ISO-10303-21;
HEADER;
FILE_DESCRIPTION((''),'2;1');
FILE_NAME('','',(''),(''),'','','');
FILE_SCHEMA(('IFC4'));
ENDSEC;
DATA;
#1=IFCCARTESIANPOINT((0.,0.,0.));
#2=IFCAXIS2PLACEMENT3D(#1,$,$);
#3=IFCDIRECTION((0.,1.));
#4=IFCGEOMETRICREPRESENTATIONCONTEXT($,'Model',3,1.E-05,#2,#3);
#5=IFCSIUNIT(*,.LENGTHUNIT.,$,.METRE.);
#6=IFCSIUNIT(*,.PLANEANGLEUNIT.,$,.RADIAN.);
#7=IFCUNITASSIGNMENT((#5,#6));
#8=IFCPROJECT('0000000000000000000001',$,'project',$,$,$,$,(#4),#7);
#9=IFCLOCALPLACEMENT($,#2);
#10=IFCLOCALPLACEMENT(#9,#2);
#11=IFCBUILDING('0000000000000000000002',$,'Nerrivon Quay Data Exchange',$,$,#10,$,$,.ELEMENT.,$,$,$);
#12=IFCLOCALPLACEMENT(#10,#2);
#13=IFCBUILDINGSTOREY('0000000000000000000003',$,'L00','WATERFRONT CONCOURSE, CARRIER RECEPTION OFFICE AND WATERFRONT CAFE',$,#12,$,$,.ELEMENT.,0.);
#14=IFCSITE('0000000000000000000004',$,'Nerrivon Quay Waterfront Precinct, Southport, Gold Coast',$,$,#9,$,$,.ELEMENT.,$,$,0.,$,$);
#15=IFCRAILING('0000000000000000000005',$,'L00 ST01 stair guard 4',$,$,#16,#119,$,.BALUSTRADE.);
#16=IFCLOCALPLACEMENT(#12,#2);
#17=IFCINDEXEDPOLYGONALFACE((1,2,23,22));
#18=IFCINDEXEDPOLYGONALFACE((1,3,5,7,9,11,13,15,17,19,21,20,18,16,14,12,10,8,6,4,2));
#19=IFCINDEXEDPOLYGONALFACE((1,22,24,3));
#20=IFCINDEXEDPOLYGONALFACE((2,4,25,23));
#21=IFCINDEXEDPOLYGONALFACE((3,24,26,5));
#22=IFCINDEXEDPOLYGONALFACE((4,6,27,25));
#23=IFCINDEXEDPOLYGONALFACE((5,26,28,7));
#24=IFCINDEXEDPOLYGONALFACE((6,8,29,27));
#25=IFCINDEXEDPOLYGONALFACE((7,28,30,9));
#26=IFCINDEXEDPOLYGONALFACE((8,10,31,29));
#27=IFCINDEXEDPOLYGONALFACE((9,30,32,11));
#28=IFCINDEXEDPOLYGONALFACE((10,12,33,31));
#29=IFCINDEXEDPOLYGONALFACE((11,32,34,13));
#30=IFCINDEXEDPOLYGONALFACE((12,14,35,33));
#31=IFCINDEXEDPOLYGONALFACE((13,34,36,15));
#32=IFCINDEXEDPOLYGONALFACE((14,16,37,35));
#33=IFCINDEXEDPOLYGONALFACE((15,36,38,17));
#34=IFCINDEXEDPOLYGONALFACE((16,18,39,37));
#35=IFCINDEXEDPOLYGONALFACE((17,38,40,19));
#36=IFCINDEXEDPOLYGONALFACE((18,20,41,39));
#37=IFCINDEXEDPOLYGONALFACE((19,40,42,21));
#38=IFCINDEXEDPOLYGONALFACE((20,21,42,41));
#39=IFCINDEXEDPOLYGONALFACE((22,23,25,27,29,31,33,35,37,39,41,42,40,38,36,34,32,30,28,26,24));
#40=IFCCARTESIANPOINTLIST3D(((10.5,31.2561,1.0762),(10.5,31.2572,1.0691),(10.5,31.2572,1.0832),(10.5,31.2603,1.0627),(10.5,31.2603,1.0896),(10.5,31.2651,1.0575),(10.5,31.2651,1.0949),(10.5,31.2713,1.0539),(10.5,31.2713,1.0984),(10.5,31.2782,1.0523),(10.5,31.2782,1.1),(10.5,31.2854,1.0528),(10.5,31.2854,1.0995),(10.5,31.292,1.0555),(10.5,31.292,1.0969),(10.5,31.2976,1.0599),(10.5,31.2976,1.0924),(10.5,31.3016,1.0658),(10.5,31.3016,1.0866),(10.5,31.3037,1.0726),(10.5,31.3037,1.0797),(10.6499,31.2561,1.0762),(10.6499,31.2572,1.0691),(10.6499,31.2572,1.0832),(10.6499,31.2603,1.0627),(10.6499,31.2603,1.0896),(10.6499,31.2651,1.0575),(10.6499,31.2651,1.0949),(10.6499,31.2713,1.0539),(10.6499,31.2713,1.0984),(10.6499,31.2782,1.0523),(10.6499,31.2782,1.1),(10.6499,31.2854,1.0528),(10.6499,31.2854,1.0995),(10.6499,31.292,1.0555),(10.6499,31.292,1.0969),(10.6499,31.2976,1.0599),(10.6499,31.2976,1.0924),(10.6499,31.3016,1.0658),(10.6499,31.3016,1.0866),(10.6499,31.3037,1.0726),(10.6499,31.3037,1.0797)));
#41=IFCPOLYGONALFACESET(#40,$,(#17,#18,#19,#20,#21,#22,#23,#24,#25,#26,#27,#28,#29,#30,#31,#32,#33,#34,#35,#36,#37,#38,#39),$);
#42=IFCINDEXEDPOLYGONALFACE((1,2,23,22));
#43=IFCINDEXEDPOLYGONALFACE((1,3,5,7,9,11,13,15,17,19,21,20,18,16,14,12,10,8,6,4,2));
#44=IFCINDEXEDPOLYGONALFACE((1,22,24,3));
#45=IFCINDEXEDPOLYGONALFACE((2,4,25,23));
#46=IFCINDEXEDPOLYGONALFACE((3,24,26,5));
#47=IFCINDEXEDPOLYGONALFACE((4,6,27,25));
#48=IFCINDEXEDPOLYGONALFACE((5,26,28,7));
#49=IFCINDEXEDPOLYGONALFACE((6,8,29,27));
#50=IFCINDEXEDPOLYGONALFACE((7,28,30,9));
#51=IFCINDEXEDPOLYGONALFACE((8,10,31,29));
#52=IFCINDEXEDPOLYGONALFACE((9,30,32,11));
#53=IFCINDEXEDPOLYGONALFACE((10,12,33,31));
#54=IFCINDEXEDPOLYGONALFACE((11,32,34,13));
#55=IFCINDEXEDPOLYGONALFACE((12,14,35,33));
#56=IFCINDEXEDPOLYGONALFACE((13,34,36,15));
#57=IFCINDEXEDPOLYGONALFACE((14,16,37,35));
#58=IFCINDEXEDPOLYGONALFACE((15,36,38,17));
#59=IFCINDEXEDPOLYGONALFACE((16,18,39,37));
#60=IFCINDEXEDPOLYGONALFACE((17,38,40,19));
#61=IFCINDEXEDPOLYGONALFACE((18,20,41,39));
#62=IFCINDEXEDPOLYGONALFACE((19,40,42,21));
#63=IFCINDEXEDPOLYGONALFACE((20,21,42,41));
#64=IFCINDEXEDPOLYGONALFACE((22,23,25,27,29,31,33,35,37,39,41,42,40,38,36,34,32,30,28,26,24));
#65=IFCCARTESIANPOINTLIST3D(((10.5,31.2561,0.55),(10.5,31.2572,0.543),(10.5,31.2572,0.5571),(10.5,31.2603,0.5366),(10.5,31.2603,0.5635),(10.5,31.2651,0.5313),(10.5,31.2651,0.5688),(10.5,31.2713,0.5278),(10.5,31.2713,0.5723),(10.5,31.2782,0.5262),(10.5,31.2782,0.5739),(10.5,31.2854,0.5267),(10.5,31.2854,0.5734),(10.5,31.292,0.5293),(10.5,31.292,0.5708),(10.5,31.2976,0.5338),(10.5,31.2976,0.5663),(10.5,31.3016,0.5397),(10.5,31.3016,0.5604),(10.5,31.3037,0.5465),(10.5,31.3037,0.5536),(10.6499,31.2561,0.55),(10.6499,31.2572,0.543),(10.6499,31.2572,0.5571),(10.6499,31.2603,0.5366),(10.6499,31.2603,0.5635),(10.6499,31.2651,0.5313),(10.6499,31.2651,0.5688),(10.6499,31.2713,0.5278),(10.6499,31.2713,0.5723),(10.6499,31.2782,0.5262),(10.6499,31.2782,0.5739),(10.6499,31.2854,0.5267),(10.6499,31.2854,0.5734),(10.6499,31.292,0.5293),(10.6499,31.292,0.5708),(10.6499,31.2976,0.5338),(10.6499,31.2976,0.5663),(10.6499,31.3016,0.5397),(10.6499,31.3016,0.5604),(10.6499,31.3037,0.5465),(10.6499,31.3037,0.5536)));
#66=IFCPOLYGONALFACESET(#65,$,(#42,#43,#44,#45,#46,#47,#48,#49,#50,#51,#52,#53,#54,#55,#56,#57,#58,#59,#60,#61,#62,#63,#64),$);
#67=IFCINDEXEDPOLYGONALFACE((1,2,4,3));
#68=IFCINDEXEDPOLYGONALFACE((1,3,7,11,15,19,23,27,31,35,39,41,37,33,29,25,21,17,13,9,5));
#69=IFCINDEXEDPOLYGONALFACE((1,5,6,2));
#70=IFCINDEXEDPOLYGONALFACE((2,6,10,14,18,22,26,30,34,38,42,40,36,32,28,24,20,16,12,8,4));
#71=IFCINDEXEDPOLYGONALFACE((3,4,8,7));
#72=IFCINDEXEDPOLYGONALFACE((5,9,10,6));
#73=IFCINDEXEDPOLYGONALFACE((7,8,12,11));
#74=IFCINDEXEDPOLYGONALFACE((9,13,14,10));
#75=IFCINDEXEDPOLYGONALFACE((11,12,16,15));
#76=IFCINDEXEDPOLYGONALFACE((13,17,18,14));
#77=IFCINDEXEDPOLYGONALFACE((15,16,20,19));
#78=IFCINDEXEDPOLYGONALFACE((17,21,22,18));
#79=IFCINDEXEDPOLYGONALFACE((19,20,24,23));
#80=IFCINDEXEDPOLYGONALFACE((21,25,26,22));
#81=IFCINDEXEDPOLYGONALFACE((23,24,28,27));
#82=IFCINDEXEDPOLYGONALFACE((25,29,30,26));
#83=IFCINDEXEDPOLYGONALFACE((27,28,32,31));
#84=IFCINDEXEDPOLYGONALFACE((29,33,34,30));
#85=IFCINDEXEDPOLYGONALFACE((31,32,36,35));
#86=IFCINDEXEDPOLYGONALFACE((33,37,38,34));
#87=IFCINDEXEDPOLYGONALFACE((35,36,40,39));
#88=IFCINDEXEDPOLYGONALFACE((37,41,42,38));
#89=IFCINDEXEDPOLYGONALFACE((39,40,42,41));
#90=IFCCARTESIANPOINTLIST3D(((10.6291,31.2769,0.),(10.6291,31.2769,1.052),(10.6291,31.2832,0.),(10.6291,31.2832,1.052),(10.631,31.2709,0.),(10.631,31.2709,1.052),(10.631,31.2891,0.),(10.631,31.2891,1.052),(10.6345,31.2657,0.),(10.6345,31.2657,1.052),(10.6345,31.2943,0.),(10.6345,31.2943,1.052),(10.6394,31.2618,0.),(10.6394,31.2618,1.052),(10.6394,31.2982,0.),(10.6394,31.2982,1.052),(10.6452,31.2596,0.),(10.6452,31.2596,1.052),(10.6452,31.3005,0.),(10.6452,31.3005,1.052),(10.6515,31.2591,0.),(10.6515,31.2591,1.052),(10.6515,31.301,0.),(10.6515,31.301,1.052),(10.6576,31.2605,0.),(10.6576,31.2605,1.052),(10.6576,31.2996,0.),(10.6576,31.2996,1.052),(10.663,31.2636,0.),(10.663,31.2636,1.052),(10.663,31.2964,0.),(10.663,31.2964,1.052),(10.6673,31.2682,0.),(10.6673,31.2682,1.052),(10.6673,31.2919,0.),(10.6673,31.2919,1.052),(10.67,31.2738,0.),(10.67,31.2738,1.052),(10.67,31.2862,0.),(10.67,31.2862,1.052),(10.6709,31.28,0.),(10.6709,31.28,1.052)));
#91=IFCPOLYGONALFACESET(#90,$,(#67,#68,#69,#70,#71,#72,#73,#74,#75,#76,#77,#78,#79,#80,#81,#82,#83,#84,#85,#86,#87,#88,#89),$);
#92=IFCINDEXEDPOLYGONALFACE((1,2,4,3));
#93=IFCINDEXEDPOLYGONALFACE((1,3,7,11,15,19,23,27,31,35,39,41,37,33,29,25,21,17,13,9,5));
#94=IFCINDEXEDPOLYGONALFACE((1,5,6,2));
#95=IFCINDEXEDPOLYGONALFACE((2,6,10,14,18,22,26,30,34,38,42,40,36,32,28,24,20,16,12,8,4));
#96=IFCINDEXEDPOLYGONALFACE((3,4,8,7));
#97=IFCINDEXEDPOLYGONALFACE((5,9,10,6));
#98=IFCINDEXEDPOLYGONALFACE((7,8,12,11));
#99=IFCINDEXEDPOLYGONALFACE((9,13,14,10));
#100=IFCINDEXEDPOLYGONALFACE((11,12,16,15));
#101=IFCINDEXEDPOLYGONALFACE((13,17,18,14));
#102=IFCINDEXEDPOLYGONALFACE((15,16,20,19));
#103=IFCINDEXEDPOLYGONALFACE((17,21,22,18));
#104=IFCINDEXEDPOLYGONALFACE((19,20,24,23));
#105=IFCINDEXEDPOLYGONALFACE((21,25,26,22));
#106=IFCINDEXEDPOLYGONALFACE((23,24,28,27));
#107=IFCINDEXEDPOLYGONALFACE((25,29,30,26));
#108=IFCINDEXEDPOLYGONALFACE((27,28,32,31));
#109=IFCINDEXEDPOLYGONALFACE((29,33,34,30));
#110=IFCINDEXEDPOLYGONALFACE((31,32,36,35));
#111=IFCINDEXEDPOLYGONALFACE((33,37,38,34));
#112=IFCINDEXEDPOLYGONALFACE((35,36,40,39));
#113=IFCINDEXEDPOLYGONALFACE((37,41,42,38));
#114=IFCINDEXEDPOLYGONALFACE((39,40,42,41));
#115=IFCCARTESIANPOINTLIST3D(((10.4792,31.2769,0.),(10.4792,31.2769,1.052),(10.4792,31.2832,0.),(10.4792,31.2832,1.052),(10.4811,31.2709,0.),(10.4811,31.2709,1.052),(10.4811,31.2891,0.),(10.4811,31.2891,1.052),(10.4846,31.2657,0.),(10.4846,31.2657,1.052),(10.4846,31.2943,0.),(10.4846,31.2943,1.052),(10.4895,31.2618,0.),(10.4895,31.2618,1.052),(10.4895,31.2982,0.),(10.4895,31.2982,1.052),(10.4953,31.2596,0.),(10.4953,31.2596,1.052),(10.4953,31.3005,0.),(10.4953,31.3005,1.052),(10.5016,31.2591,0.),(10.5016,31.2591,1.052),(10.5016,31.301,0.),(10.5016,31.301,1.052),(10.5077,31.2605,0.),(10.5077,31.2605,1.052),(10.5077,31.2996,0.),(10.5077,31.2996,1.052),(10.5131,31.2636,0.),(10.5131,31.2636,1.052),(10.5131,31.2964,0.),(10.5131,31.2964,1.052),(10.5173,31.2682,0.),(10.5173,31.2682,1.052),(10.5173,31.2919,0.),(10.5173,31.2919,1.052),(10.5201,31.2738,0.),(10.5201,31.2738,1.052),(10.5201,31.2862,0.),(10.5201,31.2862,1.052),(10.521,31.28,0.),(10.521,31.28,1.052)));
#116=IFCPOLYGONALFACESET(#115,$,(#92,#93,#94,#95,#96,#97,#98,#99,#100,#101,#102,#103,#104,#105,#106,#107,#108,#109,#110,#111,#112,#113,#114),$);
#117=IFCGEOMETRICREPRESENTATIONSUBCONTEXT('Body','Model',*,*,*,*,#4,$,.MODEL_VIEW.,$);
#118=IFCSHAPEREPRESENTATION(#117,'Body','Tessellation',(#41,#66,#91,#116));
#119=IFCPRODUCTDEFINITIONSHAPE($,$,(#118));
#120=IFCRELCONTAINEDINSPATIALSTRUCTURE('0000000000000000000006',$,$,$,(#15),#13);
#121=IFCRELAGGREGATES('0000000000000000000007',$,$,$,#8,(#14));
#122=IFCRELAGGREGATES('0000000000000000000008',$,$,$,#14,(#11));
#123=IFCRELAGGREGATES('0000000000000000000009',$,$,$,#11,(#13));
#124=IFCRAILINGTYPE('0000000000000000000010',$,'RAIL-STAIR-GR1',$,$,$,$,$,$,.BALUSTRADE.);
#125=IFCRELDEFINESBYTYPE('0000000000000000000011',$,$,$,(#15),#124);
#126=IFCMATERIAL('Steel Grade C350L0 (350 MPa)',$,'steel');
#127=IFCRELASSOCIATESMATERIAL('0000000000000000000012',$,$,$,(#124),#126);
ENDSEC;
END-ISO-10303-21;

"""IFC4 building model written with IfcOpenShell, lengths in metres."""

from ifc_helpers import new_model, si_unit, direction, frame, origin, origin_2d, place, context, subcontext, project, spatial, circle, extrude, material, type_object, element, save


model = new_model("IFC4")

# Units and contexts
model_context = context("Model", 3, precision=1e-05, world=origin(), true_north=direction((0.0, 1.0)))
body_context = subcontext(model_context, "Body", "Model", "MODEL_VIEW")
ifc_project = project(units=[si_unit("LENGTHUNIT", "METRE"), si_unit("PLANEANGLEUNIT", "RADIAN")], contexts=[model_context])

# Site, building, storey
site_placement = place(None, origin())
site = spatial("IfcSite", under=ifc_project, at=site_placement, Name="Nerrivon Quay Waterfront Precinct, Southport, Gold Coast", CompositionType="ELEMENT", RefElevation=0.0)
building_placement = place(site_placement, origin())
building = spatial("IfcBuilding", under=site, at=building_placement, Name="Nerrivon Quay Data Exchange", CompositionType="ELEMENT")
storey_placement = place(building_placement, origin())
storey = spatial("IfcBuildingStorey", under=building, at=storey_placement, Name="L00", Description="WATERFRONT CONCOURSE, CARRIER RECEPTION OFFICE AND WATERFRONT CAFE", CompositionType="ELEMENT", Elevation=0.0)

# Railing
ifc_material_1 = material(Name="Steel Grade C350L0 (350 MPa)", Category="steel")
railing_type = type_object("IfcRailingType", Name="RAIL-STAIR-GR1", PredefinedType="BALUSTRADE", material=ifc_material_1)
railing_1_placement = place(storey_placement, frame((10.6499, 31.28, 0.0)))
element("IfcRailing", 1, at=railing_1_placement, inside=storey, type_object=railing_type, Name="L00 ST01 stair guard 4", PredefinedType="BALUSTRADE", context=body_context, shape_type="SweptSolid", body=[
    extrude(circle(Radius=0.0239, at=origin_2d()), frame((0.0, 0.0, 1.0762), z_axis=(-1.0, 0.0, 0.0), x_axis=(0.0, -1.0, 0.0)), (0.0, 0.0, 1.0), 0.1499),
    extrude(circle(Radius=0.0239, at=origin_2d()), frame((0.0, 0.0, 0.55), z_axis=(-1.0, 0.0, 0.0), x_axis=(0.0, -1.0, 0.0)), (0.0, 0.0, 1.0), 0.1499),
    extrude(circle(Radius=0.021, at=origin_2d()), origin(), (0.0, 0.0, 1.0), 1.052),
    extrude(circle(Radius=0.021, at=origin_2d()), frame((-0.1499, 0.0, 0.0)), (0.0, 0.0, 1.0), 1.052),
])

save(model, "model.ifc")
